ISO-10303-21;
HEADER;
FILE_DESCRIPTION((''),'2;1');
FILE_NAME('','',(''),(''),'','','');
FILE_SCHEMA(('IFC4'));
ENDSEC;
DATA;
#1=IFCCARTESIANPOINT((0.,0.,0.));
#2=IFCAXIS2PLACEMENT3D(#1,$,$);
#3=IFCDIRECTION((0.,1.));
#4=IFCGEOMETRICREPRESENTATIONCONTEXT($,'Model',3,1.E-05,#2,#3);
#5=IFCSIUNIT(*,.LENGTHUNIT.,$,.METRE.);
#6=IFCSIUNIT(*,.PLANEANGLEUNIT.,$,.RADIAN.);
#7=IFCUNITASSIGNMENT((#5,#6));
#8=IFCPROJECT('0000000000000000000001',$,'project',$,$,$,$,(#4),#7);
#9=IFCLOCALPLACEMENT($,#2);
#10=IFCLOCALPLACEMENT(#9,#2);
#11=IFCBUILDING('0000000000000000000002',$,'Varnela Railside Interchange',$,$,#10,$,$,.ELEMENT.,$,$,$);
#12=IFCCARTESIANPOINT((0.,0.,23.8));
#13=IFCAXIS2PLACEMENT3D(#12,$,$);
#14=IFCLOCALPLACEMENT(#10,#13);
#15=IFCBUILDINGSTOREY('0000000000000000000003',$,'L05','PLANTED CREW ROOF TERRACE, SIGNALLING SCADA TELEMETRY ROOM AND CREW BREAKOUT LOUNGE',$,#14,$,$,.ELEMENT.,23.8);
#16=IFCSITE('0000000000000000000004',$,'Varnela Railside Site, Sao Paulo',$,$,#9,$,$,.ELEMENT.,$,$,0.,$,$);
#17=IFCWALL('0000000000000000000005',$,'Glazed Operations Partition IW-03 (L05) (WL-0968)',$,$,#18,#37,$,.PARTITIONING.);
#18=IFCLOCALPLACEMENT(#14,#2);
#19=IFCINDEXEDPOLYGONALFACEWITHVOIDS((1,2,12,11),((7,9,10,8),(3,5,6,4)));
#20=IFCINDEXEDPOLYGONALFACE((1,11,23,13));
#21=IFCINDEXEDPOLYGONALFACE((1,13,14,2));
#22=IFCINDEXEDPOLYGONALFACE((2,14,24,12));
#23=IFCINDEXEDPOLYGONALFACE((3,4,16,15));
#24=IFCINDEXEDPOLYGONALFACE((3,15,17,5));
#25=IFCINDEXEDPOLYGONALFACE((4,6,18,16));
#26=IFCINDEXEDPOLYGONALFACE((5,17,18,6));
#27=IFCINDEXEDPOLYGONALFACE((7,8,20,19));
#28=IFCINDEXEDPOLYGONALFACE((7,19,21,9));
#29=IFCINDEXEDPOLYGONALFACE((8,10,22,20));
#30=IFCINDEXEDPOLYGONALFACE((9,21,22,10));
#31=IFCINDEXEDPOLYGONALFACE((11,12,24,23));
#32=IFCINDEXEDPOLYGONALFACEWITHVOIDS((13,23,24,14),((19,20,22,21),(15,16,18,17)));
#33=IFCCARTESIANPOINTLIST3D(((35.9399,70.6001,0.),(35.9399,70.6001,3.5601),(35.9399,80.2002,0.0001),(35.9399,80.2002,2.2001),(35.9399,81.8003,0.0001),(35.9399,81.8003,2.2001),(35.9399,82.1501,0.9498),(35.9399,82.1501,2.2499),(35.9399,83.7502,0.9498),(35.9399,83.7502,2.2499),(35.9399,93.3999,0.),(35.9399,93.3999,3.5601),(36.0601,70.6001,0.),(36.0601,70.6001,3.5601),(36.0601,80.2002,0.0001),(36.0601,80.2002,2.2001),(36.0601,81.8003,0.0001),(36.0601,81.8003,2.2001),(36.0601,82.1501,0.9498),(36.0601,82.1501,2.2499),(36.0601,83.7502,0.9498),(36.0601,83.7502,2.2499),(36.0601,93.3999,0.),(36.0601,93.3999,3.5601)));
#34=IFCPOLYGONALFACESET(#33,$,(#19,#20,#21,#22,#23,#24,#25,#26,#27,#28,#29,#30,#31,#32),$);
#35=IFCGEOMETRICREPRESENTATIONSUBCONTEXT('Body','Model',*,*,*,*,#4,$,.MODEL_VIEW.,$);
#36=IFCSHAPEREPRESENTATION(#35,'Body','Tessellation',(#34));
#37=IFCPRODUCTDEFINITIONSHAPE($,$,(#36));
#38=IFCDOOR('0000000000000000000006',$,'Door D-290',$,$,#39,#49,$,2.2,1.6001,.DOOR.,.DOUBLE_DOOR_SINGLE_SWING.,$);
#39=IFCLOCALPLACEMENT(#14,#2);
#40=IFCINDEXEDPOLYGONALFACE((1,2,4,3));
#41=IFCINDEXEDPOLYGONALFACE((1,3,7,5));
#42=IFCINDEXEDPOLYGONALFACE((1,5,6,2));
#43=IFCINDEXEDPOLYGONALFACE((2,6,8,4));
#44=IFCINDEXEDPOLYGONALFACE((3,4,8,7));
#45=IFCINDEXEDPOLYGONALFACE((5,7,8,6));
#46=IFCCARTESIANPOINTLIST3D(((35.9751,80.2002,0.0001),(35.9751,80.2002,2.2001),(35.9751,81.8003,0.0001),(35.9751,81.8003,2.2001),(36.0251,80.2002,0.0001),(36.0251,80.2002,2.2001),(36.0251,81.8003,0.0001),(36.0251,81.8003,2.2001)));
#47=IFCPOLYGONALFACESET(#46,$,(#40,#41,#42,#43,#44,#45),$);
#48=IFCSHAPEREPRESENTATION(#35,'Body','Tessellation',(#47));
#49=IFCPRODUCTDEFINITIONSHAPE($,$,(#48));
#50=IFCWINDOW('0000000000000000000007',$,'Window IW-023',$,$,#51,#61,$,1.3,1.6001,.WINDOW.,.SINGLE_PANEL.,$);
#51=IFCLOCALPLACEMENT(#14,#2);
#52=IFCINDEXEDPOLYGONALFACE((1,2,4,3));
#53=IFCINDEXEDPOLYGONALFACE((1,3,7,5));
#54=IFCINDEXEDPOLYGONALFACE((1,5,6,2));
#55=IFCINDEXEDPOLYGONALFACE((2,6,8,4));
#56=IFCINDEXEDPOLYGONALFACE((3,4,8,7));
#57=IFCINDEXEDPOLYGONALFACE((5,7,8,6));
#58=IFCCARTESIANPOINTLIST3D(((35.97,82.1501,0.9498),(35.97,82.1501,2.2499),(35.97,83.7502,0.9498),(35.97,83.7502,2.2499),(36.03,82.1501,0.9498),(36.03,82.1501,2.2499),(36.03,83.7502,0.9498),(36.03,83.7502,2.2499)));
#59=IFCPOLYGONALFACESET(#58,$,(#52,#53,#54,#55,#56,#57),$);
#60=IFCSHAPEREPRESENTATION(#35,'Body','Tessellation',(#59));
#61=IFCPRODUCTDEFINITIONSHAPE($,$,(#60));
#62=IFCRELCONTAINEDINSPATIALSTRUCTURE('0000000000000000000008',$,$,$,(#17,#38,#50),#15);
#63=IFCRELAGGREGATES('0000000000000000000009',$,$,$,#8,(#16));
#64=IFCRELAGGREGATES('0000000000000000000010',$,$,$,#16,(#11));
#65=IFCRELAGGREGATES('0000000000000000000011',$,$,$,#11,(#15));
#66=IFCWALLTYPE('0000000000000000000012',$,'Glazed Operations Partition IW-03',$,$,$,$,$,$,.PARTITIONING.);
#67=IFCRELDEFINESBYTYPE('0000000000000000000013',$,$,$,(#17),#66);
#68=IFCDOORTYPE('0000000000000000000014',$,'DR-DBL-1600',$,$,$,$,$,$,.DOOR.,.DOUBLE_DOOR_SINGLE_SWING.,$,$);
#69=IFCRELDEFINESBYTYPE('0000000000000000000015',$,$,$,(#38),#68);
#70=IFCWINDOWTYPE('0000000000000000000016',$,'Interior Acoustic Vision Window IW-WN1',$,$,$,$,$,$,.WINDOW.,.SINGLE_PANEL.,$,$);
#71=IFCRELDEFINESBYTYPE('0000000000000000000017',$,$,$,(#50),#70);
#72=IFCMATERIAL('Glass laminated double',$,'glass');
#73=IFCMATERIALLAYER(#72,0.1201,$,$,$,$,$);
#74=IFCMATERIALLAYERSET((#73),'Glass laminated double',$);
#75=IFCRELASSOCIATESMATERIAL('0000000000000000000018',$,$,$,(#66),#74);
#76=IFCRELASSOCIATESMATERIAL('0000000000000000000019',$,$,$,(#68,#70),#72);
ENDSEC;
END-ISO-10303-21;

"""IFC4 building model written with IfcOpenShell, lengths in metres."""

from ifc_helpers import new_model, si_unit, direction, frame, frame_2d, origin, place, context, subcontext, project, spatial, rectangle, extrude, material, layer, layer_set, type_object, element, fill, save


model = new_model("IFC4")

# Units and contexts
model_context = context("Model", 3, precision=1e-05, world=origin(), true_north=direction((0.0, 1.0)))
body_context = subcontext(model_context, "Body", "Model", "MODEL_VIEW")
ifc_project = project(units=[si_unit("LENGTHUNIT", "METRE"), si_unit("PLANEANGLEUNIT", "RADIAN")], contexts=[model_context])

# Site, building, storey
site_placement = place(None, origin())
site = spatial("IfcSite", under=ifc_project, at=site_placement, Name="Varnela Railside Site, Sao Paulo", CompositionType="ELEMENT", RefElevation=0.0)
building_placement = place(site_placement, origin())
building = spatial("IfcBuilding", under=site, at=building_placement, Name="Varnela Railside Interchange", CompositionType="ELEMENT")
storey_placement = place(building_placement, frame((0.0, 0.0, 23.8)))
storey = spatial("IfcBuildingStorey", under=building, at=storey_placement, Name="L05", Description="PLANTED CREW ROOF TERRACE, SIGNALLING SCADA TELEMETRY ROOM AND CREW BREAKOUT LOUNGE", CompositionType="ELEMENT", Elevation=23.8)

# Shared definitions
ifc_material_1 = material(Name="Glass laminated double", Category="glass")

# Wall, openings, door, window
ifc_layer_1 = layer(ifc_material_1, 0.1201)
ifc_layer_set_1 = layer_set([ifc_layer_1], Name="Glass laminated double")
wall_type = type_object("IfcWallType", Name="Glazed Operations Partition IW-03", PredefinedType="PARTITIONING", material=ifc_layer_set_1)
wall_placement = place(storey_placement, frame((36.0, 70.6001, 0.0), z_axis=(0.0, 0.0, 1.0), x_axis=(0.0, 1.0, 0.0)))
wall = element("IfcWall", 1, at=wall_placement, inside=storey, type_object=wall_type, Name="Glazed Operations Partition IW-03 (L05) (WL-0968)", PredefinedType="PARTITIONING", context=body_context, shape_type="SweptSolid", body=[
    extrude(rectangle(XDim=22.7998, YDim=0.1201, at=frame_2d((11.3999, 0.0))), origin(), (0.0, 0.0, 1.0), 3.5601),
])
opening_1_placement = place(wall_placement, frame((9.6001, 0.0, 0.0)))
opening_1 = element("IfcOpeningElement", 2, at=opening_1_placement, cuts=wall, PredefinedType="OPENING", context=body_context, shape_type="SweptSolid", body=[
    extrude(rectangle(XDim=1.6001, YDim=2.2, at=frame_2d((0.8, 1.1001))), frame((0.0, 0.0701, 0.0), z_axis=(0.0, -1.0, 0.0), x_axis=(1.0, 0.0, 0.0)), (0.0, 0.0, 1.0), 0.1401),
])
opening_2_placement = place(wall_placement, frame((11.55, 0.0, 0.95)))
opening_2 = element("IfcOpeningElement", 3, at=opening_2_placement, cuts=wall, PredefinedType="OPENING", context=body_context, shape_type="SweptSolid", body=[
    extrude(rectangle(XDim=1.6001, YDim=1.3, at=frame_2d((0.8, 0.6499))), frame((0.0, 0.0701, 0.0), z_axis=(0.0, -1.0, 0.0), x_axis=(1.0, 0.0, 0.0)), (0.0, 0.0, 1.0), 0.1401),
])
door_type = type_object("IfcDoorType", Name="DR-DBL-1600", OperationType="DOUBLE_DOOR_SINGLE_SWING", PredefinedType="DOOR", material=ifc_material_1)
door_placement = place(opening_1_placement, origin())
door = element("IfcDoor", 4, at=door_placement, inside=storey, type_object=door_type, Name="Door D-290", OperationType="DOUBLE_DOOR_SINGLE_SWING", OverallHeight=2.2, OverallWidth=1.6001, PredefinedType="DOOR", context=body_context, shape_type="SweptSolid", body=[
    extrude(rectangle(XDim=1.6001, YDim=2.2, at=frame_2d((0.8, 1.1001))), frame((0.0, 0.0249, 0.0), z_axis=(0.0, -1.0, 0.0), x_axis=(1.0, 0.0, 0.0)), (0.0, 0.0, 1.0), 0.05),
])
fill(opening_1, door)
window_type = type_object("IfcWindowType", Name="Interior Acoustic Vision Window IW-WN1", PartitioningType="SINGLE_PANEL", PredefinedType="WINDOW", material=ifc_material_1)
window_placement = place(opening_2_placement, origin())
window = element("IfcWindow", 5, at=window_placement, inside=storey, type_object=window_type, Name="Window IW-023", OverallHeight=1.3, OverallWidth=1.6001, PartitioningType="SINGLE_PANEL", PredefinedType="WINDOW", context=body_context, shape_type="SweptSolid", body=[
    extrude(rectangle(XDim=1.6001, YDim=1.3, at=frame_2d((0.8, 0.6499))), frame((0.0, 0.03, 0.0), z_axis=(0.0, -1.0, 0.0), x_axis=(1.0, 0.0, 0.0)), (0.0, 0.0, 1.0), 0.0601),
])
fill(opening_2, window)

save(model, "model.ifc")
